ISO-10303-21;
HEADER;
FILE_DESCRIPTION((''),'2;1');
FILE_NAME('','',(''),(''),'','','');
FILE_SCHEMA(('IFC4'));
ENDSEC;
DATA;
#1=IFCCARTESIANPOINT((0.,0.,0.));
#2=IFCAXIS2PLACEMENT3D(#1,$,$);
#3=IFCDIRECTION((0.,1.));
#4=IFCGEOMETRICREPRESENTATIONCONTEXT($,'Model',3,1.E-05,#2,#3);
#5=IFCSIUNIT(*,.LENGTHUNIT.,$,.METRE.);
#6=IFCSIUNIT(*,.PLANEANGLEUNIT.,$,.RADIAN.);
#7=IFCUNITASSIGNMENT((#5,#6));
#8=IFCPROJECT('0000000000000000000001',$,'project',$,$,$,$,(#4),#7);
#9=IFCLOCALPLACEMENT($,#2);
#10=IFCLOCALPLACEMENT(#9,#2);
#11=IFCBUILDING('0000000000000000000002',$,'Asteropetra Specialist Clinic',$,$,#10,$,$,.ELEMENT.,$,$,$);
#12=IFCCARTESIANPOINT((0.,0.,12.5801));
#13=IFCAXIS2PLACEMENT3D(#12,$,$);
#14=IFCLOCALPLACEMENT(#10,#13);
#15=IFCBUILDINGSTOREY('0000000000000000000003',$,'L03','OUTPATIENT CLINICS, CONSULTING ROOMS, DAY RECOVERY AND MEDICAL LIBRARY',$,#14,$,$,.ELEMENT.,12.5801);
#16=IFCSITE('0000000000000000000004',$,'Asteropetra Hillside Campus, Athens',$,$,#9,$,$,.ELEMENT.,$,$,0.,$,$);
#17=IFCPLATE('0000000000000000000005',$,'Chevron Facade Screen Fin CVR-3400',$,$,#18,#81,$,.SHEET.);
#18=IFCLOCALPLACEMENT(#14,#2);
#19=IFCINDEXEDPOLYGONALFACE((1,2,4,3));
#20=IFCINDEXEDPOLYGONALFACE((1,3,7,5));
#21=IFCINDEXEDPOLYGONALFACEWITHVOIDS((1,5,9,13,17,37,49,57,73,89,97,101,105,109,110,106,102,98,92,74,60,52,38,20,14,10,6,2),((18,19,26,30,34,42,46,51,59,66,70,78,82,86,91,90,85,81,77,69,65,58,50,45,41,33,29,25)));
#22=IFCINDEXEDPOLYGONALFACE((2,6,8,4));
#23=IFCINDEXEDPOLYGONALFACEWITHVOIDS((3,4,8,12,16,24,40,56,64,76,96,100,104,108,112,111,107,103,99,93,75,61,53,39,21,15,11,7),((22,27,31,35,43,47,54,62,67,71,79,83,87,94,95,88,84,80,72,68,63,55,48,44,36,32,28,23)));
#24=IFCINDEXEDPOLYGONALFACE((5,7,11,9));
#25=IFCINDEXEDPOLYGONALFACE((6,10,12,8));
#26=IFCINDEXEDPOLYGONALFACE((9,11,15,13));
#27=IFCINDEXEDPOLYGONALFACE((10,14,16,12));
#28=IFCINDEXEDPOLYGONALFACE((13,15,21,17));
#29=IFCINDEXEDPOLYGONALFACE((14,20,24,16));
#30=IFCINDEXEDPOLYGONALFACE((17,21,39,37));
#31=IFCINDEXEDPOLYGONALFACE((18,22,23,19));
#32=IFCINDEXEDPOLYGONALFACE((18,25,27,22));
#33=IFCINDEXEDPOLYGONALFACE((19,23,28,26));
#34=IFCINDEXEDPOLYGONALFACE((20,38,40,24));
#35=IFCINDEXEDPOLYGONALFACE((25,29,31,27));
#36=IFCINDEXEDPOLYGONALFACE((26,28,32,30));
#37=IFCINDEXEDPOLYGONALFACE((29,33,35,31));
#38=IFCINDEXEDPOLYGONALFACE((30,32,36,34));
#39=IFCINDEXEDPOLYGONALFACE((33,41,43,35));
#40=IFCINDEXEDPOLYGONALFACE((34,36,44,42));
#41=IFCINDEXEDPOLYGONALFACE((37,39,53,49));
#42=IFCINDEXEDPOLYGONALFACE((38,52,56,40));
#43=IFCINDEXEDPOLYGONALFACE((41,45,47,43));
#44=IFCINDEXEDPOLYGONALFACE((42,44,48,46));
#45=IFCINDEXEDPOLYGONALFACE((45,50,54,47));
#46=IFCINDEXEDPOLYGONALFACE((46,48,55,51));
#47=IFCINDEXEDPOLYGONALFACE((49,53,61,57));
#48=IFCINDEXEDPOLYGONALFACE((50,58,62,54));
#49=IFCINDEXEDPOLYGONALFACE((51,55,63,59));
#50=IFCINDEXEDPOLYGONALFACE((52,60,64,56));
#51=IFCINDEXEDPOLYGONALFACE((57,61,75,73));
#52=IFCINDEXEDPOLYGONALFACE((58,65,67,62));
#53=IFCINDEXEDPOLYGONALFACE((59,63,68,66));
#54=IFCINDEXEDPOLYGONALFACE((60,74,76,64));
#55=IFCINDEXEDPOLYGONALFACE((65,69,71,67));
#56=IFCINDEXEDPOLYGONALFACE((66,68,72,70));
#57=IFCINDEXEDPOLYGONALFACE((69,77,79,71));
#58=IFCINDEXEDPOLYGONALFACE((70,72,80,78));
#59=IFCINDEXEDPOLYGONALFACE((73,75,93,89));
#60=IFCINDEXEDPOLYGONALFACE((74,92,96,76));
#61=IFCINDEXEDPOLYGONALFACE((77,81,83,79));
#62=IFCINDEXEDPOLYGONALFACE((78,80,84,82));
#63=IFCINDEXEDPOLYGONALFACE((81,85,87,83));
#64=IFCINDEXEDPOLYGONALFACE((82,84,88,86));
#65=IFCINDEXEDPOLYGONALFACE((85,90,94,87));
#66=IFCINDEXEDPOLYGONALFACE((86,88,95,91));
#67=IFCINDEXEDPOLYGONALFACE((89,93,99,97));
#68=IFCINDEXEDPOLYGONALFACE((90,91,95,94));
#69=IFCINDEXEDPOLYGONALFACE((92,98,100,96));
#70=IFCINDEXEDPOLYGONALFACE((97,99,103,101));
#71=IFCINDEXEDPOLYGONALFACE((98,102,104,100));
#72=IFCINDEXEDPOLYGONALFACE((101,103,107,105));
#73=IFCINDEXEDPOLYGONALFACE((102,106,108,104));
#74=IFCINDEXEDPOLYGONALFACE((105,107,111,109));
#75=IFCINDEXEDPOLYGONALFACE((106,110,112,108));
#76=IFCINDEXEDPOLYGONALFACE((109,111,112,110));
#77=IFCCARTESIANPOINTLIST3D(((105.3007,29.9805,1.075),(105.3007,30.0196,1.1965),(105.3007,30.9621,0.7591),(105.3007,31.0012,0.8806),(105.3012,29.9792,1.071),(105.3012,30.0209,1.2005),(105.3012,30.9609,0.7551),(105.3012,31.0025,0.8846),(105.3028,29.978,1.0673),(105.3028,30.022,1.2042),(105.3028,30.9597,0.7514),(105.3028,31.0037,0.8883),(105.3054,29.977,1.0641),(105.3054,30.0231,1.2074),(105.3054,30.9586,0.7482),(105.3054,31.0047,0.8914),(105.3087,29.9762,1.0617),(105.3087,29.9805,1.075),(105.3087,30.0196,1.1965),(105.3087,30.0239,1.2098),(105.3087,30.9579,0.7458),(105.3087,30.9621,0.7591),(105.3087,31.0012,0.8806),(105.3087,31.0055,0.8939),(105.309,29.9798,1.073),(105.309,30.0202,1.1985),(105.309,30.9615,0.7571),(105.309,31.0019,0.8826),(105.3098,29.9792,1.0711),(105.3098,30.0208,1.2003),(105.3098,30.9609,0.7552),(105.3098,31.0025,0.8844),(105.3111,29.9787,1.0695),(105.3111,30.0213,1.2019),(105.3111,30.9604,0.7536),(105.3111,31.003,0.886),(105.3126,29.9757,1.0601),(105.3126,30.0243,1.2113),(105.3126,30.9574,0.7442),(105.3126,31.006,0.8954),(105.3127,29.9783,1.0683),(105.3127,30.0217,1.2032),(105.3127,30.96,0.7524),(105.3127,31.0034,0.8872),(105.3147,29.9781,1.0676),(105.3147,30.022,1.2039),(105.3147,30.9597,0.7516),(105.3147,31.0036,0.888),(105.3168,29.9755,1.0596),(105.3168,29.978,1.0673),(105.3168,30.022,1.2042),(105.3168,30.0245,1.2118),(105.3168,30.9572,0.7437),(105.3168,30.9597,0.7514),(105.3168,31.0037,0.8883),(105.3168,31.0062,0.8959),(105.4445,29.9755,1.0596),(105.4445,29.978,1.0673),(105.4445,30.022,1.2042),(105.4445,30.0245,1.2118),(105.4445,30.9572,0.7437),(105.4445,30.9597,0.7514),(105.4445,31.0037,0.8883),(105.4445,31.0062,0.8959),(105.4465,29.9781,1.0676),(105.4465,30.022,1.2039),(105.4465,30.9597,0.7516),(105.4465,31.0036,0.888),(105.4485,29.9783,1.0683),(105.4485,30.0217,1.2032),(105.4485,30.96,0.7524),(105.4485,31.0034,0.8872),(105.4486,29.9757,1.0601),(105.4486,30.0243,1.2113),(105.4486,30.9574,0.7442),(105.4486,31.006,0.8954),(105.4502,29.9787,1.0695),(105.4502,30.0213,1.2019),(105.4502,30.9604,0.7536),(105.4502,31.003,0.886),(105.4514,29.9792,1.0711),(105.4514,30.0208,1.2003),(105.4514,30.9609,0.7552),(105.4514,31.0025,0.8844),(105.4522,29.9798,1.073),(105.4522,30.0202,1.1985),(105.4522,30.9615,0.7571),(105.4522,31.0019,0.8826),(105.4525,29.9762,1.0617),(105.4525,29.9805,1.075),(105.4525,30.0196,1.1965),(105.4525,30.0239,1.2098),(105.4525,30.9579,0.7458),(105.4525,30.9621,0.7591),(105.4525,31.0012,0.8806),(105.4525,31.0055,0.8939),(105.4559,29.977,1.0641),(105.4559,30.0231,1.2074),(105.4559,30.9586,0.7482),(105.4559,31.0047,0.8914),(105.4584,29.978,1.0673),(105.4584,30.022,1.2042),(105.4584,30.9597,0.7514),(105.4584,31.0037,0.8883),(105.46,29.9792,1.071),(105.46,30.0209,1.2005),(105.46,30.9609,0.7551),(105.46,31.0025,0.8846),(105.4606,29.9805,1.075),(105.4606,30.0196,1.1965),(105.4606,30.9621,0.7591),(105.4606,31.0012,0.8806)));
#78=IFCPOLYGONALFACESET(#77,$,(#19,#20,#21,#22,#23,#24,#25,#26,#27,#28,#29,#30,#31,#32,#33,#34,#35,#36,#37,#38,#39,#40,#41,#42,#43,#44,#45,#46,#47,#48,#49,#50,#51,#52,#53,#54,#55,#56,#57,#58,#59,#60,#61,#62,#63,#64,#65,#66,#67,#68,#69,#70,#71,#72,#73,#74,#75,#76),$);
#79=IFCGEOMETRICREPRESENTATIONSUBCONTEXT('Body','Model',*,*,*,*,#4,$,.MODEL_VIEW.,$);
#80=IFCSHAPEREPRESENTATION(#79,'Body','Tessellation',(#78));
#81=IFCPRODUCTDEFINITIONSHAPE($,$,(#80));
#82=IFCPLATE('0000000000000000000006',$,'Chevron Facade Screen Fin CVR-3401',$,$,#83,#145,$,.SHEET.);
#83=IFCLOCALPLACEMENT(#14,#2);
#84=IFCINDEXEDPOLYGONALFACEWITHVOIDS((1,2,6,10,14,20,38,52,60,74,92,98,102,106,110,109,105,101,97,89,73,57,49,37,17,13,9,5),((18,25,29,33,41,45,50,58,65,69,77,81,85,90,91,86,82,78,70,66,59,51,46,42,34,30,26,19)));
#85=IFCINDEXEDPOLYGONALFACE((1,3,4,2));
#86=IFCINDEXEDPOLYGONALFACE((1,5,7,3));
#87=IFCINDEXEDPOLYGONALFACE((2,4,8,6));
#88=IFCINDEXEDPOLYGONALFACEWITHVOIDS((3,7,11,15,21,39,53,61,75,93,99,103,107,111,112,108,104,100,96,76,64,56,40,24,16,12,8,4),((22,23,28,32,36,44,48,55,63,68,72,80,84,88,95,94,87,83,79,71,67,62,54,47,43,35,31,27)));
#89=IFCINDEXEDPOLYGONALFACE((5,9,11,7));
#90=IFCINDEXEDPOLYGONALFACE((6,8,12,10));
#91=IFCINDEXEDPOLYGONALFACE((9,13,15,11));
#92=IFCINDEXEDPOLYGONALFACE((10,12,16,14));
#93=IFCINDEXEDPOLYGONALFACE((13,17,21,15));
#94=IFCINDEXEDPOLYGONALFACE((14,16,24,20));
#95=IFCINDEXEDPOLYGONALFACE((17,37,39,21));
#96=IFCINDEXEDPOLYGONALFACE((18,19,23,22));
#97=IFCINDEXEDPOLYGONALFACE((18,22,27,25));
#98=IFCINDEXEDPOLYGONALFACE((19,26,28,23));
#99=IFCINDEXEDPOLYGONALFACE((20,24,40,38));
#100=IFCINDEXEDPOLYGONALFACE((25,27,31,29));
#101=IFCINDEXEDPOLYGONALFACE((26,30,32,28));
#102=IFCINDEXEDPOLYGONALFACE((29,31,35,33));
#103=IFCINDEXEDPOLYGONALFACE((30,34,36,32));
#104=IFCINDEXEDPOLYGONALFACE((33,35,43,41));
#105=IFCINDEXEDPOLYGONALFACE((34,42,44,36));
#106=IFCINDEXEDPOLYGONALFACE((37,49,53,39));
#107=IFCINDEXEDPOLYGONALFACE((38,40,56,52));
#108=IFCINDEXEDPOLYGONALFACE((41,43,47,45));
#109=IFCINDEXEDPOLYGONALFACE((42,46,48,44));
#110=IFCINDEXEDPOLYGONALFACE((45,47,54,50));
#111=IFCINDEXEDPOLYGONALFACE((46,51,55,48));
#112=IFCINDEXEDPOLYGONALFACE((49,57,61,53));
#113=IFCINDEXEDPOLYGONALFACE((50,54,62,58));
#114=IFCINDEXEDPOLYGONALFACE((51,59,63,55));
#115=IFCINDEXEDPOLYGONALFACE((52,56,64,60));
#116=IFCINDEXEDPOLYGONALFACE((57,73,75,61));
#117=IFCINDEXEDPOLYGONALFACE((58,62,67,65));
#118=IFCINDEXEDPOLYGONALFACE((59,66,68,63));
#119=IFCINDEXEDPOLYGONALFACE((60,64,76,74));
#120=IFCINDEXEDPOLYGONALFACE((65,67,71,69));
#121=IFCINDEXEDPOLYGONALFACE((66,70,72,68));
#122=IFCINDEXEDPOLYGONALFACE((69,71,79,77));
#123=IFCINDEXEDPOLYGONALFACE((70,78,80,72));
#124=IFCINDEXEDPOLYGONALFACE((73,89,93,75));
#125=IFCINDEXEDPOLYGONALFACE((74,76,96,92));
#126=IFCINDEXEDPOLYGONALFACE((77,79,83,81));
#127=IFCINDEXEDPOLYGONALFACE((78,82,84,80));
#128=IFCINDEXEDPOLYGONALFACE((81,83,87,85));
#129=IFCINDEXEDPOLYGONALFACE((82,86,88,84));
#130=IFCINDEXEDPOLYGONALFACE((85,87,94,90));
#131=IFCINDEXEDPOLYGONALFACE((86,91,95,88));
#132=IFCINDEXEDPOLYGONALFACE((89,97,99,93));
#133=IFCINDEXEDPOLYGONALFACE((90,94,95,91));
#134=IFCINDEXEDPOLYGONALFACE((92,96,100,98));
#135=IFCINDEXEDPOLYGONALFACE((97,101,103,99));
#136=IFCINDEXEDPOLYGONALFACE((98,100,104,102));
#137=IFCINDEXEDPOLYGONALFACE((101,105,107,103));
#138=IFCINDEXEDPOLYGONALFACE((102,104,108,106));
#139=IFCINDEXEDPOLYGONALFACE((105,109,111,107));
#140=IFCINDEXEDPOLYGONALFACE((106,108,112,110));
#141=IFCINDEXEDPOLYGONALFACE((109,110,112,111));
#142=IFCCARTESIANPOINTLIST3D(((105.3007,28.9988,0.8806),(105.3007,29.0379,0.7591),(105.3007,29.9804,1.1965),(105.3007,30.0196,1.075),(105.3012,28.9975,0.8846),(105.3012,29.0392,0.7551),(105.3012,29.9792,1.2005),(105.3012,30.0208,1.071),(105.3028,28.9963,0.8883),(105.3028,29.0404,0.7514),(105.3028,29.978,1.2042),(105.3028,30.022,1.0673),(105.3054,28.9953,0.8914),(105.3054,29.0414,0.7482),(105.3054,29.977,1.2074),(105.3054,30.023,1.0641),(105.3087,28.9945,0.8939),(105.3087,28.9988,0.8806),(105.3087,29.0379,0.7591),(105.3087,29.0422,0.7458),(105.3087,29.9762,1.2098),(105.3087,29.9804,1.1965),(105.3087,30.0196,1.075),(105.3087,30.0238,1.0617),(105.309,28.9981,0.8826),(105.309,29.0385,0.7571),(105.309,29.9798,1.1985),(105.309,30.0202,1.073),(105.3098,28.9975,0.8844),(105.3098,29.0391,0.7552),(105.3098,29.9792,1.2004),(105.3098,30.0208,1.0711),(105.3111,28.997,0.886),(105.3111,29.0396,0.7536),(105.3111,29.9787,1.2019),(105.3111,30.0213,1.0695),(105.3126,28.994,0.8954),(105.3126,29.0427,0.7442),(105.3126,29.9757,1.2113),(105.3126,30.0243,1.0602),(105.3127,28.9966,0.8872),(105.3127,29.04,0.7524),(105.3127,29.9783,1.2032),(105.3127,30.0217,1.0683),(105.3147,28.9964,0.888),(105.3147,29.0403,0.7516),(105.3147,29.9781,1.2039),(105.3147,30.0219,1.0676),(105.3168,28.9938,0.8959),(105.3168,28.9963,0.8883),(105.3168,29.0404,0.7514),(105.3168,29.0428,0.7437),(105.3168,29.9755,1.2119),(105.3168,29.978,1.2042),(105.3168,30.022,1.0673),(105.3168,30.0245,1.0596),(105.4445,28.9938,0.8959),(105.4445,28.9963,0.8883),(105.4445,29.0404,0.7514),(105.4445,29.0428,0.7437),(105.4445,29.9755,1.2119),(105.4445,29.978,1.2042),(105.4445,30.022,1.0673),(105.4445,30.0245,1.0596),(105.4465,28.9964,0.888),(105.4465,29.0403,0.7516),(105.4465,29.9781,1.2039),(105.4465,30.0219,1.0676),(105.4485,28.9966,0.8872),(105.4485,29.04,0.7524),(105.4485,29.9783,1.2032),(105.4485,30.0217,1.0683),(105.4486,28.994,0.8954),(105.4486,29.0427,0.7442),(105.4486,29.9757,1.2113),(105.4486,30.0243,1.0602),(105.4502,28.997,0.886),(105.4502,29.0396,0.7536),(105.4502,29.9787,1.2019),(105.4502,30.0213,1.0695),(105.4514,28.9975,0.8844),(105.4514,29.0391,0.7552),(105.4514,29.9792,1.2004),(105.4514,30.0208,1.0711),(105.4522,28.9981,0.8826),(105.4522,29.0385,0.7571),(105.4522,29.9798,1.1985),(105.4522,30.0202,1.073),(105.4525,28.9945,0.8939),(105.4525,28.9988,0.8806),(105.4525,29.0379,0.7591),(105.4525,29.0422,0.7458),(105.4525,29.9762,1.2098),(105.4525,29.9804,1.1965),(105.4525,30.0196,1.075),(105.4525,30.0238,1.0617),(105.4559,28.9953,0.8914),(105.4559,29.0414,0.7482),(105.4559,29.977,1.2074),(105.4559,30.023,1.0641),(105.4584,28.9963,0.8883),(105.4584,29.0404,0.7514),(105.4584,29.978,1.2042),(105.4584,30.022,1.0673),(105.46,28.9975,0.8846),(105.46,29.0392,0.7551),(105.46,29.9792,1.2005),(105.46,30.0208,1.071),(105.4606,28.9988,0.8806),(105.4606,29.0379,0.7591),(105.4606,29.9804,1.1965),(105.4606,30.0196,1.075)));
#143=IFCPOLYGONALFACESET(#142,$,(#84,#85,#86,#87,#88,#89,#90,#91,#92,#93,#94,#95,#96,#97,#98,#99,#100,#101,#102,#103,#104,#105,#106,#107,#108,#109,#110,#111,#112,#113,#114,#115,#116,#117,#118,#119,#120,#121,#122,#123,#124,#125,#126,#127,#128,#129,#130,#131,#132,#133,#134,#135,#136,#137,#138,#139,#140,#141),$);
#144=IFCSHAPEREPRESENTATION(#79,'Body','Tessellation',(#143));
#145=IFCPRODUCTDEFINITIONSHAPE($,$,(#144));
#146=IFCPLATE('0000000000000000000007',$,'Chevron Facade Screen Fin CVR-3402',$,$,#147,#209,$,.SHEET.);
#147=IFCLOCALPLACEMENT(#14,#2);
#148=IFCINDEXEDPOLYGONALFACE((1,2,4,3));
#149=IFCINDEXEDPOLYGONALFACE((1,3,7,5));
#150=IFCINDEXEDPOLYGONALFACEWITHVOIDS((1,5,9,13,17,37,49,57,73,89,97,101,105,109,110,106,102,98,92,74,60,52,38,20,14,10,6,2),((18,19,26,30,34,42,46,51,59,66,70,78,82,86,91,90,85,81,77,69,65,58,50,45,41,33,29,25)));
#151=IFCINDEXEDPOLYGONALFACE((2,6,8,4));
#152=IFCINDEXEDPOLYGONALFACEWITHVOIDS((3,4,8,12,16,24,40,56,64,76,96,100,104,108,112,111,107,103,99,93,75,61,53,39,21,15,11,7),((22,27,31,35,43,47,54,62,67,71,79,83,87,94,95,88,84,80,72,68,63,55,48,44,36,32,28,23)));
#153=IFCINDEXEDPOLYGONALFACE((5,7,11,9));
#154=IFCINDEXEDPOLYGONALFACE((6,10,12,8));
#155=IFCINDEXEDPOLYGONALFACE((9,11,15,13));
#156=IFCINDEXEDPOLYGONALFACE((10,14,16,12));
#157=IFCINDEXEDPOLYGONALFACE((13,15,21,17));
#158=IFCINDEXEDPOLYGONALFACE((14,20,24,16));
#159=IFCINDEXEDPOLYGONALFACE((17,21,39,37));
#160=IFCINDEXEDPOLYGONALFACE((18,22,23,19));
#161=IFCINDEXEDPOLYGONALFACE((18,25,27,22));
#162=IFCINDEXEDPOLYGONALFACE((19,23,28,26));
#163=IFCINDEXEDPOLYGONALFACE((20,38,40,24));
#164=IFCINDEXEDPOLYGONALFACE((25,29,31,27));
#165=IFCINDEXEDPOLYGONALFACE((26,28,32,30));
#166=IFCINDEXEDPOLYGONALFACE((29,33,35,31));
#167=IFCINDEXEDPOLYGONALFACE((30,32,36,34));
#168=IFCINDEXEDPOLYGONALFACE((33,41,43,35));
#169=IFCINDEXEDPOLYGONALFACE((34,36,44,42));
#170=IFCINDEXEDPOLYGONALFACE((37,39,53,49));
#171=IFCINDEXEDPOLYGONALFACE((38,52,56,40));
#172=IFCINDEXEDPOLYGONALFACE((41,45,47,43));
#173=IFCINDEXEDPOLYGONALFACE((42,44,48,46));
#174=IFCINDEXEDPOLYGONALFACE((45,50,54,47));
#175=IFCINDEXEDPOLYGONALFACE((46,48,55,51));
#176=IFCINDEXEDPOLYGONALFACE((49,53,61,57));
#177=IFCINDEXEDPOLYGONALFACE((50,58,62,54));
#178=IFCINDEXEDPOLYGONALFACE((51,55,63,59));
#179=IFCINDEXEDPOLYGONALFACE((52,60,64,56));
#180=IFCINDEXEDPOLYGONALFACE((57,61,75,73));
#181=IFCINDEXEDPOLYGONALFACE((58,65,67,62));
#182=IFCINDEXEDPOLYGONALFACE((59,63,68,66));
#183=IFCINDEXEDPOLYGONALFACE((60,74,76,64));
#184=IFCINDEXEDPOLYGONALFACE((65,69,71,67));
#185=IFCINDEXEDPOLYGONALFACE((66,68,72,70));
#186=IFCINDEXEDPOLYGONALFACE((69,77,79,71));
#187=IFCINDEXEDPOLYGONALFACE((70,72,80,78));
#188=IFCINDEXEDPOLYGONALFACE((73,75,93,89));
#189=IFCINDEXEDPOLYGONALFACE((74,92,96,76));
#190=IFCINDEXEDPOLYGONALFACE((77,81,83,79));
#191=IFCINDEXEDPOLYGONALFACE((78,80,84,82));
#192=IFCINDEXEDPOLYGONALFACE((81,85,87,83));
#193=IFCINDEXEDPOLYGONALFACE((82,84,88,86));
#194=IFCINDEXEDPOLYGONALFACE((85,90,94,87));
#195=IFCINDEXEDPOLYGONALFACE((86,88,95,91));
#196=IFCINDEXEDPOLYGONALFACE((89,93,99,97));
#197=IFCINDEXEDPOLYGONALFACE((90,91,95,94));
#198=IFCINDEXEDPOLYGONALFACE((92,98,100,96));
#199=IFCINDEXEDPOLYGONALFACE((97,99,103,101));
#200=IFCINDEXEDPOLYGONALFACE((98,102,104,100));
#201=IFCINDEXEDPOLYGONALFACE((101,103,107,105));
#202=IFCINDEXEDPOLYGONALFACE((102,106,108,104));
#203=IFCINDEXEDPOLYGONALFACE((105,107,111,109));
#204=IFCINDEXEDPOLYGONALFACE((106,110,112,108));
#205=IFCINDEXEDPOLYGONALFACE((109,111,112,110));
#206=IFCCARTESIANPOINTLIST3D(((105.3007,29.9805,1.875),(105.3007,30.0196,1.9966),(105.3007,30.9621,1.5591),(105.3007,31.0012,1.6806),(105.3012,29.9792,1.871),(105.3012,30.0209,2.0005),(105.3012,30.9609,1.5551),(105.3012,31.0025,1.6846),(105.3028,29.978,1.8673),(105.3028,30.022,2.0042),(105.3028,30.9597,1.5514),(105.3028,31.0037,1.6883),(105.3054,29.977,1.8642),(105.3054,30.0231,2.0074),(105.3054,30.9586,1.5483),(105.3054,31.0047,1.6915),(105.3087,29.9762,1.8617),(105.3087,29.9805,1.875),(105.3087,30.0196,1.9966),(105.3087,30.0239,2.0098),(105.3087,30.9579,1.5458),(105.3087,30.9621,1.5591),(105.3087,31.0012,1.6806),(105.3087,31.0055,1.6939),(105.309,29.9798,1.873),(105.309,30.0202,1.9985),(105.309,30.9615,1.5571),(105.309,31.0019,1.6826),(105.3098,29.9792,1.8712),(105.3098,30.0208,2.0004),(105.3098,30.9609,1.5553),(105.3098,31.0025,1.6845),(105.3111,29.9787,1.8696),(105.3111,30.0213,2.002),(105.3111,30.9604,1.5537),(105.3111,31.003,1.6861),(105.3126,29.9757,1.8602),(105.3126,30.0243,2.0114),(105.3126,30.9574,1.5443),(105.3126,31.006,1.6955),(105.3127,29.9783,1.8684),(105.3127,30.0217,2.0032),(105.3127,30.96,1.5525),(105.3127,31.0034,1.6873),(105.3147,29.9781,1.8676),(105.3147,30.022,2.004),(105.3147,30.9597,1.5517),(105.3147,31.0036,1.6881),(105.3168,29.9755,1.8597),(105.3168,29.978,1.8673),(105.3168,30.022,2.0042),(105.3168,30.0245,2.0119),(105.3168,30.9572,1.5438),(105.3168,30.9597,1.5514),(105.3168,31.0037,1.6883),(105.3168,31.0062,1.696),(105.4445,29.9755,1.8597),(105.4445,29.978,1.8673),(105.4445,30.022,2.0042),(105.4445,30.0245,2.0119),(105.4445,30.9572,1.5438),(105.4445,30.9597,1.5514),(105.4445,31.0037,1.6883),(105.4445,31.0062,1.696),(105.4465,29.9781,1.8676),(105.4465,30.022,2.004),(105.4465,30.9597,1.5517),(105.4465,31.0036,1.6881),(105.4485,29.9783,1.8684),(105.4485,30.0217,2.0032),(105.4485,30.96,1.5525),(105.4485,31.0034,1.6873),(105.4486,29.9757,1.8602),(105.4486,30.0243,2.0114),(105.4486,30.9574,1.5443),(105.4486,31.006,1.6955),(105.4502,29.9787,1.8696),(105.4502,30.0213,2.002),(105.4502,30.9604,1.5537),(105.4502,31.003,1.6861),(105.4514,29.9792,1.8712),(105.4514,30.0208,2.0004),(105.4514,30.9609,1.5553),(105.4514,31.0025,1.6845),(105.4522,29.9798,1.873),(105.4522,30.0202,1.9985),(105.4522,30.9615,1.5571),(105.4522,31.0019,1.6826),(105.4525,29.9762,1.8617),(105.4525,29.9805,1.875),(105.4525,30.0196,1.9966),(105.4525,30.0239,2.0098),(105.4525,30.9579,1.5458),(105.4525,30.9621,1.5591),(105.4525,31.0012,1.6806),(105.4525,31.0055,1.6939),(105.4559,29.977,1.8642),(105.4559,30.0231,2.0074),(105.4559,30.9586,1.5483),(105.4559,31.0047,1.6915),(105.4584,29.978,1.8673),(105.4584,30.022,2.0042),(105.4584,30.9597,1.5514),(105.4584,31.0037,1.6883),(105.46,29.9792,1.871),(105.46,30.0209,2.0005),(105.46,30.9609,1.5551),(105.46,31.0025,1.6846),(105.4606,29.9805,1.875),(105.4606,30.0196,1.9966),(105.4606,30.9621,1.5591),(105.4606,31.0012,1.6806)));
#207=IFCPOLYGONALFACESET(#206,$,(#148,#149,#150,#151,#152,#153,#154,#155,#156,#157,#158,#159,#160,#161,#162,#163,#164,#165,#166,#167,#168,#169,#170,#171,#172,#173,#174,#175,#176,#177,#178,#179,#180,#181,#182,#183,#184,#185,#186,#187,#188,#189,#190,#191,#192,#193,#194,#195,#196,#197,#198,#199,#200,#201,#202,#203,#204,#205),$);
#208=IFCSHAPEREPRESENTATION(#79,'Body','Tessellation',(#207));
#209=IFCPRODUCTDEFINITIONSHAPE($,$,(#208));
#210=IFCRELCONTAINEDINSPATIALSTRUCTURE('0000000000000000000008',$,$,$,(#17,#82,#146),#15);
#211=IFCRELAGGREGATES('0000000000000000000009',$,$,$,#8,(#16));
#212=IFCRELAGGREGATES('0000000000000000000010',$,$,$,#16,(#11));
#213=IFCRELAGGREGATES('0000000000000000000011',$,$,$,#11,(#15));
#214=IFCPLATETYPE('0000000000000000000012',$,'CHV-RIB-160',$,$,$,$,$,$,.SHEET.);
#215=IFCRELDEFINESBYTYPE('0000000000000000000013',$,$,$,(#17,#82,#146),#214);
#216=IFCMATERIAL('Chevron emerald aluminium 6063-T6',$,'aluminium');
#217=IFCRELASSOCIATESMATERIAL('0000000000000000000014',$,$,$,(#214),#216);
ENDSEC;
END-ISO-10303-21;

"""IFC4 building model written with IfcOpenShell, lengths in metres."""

from ifc_helpers import new_model, si_unit, direction, frame, origin, origin_2d, place, context, subcontext, project, spatial, hollow_rectangle, extrude, material, material_profile, profile_set, type_object, element, save


model = new_model("IFC4")

# Units and contexts
model_context = context("Model", 3, precision=1e-05, world=origin(), true_north=direction((0.0, 1.0)))
body_context = subcontext(model_context, "Body", "Model", "MODEL_VIEW")
ifc_project = project(units=[si_unit("LENGTHUNIT", "METRE"), si_unit("PLANEANGLEUNIT", "RADIAN")], contexts=[model_context])

# Site, building, storey
site_placement = place(None, origin())
site = spatial("IfcSite", under=ifc_project, at=site_placement, Name="Asteropetra Hillside Campus, Athens", CompositionType="ELEMENT", RefElevation=0.0)
building_placement = place(site_placement, origin())
building = spatial("IfcBuilding", under=site, at=building_placement, Name="Asteropetra Specialist Clinic", CompositionType="ELEMENT")
storey_placement = place(building_placement, frame((0.0, 0.0, 12.5801)))
storey = spatial("IfcBuildingStorey", under=building, at=storey_placement, Name="L03", Description="OUTPATIENT CLINICS, CONSULTING ROOMS, DAY RECOVERY AND MEDICAL LIBRARY", CompositionType="ELEMENT", Elevation=12.5801)

# Plates
ifc_material_1 = material(Name="Chevron emerald aluminium 6063-T6", Category="aluminium")
ifc_material_profile = material_profile(ifc_material_1, hollow_rectangle(XDim=0.1599, YDim=0.1599, WallThickness=0.0081, InnerFilletRadius=0.0081, OuterFilletRadius=0.0161, at=origin_2d()), Name="SHS 160x160x8.0")
ifc_profile_set = profile_set([ifc_material_profile], Name="Chevron emerald aluminium 6063-T6")
plate_type_1 = type_object("IfcPlateType", Name="CHV-RIB-160", PredefinedType="SHEET", material=ifc_profile_set)
for number, where, z_axis, x_axis, name in (
    (1, (105.3806, 30.9817, 0.8198), (0.0, -0.951923, 0.306339), (1.0, 0.0, 0.0), "Chevron Facade Screen Fin CVR-3400"),
    (2, (105.3806, 30.0, 1.1357), (0.0, -0.951923, -0.306339), (1.0, 0.0, 0.0), "Chevron Facade Screen Fin CVR-3401"),
    (3, (105.3806, 30.9817, 1.6199), (0.0, -0.951923, 0.306339), (1.0, 0.0, 0.0), "Chevron Facade Screen Fin CVR-3402"),
):
    element("IfcPlate", number, at=place(storey_placement, frame(where, z_axis=z_axis, x_axis=x_axis)), inside=storey, type_object=plate_type_1, Name=name, PredefinedType="SHEET", context=body_context, shape_type="SweptSolid", body=[
        extrude(hollow_rectangle(XDim=0.1599, YDim=0.1599, WallThickness=0.0081, InnerFilletRadius=0.0081, OuterFilletRadius=0.0161, at=origin_2d()), origin(), (0.0, 0.0, 1.0), 1.0312),
    ])

save(model, "model.ifc")
